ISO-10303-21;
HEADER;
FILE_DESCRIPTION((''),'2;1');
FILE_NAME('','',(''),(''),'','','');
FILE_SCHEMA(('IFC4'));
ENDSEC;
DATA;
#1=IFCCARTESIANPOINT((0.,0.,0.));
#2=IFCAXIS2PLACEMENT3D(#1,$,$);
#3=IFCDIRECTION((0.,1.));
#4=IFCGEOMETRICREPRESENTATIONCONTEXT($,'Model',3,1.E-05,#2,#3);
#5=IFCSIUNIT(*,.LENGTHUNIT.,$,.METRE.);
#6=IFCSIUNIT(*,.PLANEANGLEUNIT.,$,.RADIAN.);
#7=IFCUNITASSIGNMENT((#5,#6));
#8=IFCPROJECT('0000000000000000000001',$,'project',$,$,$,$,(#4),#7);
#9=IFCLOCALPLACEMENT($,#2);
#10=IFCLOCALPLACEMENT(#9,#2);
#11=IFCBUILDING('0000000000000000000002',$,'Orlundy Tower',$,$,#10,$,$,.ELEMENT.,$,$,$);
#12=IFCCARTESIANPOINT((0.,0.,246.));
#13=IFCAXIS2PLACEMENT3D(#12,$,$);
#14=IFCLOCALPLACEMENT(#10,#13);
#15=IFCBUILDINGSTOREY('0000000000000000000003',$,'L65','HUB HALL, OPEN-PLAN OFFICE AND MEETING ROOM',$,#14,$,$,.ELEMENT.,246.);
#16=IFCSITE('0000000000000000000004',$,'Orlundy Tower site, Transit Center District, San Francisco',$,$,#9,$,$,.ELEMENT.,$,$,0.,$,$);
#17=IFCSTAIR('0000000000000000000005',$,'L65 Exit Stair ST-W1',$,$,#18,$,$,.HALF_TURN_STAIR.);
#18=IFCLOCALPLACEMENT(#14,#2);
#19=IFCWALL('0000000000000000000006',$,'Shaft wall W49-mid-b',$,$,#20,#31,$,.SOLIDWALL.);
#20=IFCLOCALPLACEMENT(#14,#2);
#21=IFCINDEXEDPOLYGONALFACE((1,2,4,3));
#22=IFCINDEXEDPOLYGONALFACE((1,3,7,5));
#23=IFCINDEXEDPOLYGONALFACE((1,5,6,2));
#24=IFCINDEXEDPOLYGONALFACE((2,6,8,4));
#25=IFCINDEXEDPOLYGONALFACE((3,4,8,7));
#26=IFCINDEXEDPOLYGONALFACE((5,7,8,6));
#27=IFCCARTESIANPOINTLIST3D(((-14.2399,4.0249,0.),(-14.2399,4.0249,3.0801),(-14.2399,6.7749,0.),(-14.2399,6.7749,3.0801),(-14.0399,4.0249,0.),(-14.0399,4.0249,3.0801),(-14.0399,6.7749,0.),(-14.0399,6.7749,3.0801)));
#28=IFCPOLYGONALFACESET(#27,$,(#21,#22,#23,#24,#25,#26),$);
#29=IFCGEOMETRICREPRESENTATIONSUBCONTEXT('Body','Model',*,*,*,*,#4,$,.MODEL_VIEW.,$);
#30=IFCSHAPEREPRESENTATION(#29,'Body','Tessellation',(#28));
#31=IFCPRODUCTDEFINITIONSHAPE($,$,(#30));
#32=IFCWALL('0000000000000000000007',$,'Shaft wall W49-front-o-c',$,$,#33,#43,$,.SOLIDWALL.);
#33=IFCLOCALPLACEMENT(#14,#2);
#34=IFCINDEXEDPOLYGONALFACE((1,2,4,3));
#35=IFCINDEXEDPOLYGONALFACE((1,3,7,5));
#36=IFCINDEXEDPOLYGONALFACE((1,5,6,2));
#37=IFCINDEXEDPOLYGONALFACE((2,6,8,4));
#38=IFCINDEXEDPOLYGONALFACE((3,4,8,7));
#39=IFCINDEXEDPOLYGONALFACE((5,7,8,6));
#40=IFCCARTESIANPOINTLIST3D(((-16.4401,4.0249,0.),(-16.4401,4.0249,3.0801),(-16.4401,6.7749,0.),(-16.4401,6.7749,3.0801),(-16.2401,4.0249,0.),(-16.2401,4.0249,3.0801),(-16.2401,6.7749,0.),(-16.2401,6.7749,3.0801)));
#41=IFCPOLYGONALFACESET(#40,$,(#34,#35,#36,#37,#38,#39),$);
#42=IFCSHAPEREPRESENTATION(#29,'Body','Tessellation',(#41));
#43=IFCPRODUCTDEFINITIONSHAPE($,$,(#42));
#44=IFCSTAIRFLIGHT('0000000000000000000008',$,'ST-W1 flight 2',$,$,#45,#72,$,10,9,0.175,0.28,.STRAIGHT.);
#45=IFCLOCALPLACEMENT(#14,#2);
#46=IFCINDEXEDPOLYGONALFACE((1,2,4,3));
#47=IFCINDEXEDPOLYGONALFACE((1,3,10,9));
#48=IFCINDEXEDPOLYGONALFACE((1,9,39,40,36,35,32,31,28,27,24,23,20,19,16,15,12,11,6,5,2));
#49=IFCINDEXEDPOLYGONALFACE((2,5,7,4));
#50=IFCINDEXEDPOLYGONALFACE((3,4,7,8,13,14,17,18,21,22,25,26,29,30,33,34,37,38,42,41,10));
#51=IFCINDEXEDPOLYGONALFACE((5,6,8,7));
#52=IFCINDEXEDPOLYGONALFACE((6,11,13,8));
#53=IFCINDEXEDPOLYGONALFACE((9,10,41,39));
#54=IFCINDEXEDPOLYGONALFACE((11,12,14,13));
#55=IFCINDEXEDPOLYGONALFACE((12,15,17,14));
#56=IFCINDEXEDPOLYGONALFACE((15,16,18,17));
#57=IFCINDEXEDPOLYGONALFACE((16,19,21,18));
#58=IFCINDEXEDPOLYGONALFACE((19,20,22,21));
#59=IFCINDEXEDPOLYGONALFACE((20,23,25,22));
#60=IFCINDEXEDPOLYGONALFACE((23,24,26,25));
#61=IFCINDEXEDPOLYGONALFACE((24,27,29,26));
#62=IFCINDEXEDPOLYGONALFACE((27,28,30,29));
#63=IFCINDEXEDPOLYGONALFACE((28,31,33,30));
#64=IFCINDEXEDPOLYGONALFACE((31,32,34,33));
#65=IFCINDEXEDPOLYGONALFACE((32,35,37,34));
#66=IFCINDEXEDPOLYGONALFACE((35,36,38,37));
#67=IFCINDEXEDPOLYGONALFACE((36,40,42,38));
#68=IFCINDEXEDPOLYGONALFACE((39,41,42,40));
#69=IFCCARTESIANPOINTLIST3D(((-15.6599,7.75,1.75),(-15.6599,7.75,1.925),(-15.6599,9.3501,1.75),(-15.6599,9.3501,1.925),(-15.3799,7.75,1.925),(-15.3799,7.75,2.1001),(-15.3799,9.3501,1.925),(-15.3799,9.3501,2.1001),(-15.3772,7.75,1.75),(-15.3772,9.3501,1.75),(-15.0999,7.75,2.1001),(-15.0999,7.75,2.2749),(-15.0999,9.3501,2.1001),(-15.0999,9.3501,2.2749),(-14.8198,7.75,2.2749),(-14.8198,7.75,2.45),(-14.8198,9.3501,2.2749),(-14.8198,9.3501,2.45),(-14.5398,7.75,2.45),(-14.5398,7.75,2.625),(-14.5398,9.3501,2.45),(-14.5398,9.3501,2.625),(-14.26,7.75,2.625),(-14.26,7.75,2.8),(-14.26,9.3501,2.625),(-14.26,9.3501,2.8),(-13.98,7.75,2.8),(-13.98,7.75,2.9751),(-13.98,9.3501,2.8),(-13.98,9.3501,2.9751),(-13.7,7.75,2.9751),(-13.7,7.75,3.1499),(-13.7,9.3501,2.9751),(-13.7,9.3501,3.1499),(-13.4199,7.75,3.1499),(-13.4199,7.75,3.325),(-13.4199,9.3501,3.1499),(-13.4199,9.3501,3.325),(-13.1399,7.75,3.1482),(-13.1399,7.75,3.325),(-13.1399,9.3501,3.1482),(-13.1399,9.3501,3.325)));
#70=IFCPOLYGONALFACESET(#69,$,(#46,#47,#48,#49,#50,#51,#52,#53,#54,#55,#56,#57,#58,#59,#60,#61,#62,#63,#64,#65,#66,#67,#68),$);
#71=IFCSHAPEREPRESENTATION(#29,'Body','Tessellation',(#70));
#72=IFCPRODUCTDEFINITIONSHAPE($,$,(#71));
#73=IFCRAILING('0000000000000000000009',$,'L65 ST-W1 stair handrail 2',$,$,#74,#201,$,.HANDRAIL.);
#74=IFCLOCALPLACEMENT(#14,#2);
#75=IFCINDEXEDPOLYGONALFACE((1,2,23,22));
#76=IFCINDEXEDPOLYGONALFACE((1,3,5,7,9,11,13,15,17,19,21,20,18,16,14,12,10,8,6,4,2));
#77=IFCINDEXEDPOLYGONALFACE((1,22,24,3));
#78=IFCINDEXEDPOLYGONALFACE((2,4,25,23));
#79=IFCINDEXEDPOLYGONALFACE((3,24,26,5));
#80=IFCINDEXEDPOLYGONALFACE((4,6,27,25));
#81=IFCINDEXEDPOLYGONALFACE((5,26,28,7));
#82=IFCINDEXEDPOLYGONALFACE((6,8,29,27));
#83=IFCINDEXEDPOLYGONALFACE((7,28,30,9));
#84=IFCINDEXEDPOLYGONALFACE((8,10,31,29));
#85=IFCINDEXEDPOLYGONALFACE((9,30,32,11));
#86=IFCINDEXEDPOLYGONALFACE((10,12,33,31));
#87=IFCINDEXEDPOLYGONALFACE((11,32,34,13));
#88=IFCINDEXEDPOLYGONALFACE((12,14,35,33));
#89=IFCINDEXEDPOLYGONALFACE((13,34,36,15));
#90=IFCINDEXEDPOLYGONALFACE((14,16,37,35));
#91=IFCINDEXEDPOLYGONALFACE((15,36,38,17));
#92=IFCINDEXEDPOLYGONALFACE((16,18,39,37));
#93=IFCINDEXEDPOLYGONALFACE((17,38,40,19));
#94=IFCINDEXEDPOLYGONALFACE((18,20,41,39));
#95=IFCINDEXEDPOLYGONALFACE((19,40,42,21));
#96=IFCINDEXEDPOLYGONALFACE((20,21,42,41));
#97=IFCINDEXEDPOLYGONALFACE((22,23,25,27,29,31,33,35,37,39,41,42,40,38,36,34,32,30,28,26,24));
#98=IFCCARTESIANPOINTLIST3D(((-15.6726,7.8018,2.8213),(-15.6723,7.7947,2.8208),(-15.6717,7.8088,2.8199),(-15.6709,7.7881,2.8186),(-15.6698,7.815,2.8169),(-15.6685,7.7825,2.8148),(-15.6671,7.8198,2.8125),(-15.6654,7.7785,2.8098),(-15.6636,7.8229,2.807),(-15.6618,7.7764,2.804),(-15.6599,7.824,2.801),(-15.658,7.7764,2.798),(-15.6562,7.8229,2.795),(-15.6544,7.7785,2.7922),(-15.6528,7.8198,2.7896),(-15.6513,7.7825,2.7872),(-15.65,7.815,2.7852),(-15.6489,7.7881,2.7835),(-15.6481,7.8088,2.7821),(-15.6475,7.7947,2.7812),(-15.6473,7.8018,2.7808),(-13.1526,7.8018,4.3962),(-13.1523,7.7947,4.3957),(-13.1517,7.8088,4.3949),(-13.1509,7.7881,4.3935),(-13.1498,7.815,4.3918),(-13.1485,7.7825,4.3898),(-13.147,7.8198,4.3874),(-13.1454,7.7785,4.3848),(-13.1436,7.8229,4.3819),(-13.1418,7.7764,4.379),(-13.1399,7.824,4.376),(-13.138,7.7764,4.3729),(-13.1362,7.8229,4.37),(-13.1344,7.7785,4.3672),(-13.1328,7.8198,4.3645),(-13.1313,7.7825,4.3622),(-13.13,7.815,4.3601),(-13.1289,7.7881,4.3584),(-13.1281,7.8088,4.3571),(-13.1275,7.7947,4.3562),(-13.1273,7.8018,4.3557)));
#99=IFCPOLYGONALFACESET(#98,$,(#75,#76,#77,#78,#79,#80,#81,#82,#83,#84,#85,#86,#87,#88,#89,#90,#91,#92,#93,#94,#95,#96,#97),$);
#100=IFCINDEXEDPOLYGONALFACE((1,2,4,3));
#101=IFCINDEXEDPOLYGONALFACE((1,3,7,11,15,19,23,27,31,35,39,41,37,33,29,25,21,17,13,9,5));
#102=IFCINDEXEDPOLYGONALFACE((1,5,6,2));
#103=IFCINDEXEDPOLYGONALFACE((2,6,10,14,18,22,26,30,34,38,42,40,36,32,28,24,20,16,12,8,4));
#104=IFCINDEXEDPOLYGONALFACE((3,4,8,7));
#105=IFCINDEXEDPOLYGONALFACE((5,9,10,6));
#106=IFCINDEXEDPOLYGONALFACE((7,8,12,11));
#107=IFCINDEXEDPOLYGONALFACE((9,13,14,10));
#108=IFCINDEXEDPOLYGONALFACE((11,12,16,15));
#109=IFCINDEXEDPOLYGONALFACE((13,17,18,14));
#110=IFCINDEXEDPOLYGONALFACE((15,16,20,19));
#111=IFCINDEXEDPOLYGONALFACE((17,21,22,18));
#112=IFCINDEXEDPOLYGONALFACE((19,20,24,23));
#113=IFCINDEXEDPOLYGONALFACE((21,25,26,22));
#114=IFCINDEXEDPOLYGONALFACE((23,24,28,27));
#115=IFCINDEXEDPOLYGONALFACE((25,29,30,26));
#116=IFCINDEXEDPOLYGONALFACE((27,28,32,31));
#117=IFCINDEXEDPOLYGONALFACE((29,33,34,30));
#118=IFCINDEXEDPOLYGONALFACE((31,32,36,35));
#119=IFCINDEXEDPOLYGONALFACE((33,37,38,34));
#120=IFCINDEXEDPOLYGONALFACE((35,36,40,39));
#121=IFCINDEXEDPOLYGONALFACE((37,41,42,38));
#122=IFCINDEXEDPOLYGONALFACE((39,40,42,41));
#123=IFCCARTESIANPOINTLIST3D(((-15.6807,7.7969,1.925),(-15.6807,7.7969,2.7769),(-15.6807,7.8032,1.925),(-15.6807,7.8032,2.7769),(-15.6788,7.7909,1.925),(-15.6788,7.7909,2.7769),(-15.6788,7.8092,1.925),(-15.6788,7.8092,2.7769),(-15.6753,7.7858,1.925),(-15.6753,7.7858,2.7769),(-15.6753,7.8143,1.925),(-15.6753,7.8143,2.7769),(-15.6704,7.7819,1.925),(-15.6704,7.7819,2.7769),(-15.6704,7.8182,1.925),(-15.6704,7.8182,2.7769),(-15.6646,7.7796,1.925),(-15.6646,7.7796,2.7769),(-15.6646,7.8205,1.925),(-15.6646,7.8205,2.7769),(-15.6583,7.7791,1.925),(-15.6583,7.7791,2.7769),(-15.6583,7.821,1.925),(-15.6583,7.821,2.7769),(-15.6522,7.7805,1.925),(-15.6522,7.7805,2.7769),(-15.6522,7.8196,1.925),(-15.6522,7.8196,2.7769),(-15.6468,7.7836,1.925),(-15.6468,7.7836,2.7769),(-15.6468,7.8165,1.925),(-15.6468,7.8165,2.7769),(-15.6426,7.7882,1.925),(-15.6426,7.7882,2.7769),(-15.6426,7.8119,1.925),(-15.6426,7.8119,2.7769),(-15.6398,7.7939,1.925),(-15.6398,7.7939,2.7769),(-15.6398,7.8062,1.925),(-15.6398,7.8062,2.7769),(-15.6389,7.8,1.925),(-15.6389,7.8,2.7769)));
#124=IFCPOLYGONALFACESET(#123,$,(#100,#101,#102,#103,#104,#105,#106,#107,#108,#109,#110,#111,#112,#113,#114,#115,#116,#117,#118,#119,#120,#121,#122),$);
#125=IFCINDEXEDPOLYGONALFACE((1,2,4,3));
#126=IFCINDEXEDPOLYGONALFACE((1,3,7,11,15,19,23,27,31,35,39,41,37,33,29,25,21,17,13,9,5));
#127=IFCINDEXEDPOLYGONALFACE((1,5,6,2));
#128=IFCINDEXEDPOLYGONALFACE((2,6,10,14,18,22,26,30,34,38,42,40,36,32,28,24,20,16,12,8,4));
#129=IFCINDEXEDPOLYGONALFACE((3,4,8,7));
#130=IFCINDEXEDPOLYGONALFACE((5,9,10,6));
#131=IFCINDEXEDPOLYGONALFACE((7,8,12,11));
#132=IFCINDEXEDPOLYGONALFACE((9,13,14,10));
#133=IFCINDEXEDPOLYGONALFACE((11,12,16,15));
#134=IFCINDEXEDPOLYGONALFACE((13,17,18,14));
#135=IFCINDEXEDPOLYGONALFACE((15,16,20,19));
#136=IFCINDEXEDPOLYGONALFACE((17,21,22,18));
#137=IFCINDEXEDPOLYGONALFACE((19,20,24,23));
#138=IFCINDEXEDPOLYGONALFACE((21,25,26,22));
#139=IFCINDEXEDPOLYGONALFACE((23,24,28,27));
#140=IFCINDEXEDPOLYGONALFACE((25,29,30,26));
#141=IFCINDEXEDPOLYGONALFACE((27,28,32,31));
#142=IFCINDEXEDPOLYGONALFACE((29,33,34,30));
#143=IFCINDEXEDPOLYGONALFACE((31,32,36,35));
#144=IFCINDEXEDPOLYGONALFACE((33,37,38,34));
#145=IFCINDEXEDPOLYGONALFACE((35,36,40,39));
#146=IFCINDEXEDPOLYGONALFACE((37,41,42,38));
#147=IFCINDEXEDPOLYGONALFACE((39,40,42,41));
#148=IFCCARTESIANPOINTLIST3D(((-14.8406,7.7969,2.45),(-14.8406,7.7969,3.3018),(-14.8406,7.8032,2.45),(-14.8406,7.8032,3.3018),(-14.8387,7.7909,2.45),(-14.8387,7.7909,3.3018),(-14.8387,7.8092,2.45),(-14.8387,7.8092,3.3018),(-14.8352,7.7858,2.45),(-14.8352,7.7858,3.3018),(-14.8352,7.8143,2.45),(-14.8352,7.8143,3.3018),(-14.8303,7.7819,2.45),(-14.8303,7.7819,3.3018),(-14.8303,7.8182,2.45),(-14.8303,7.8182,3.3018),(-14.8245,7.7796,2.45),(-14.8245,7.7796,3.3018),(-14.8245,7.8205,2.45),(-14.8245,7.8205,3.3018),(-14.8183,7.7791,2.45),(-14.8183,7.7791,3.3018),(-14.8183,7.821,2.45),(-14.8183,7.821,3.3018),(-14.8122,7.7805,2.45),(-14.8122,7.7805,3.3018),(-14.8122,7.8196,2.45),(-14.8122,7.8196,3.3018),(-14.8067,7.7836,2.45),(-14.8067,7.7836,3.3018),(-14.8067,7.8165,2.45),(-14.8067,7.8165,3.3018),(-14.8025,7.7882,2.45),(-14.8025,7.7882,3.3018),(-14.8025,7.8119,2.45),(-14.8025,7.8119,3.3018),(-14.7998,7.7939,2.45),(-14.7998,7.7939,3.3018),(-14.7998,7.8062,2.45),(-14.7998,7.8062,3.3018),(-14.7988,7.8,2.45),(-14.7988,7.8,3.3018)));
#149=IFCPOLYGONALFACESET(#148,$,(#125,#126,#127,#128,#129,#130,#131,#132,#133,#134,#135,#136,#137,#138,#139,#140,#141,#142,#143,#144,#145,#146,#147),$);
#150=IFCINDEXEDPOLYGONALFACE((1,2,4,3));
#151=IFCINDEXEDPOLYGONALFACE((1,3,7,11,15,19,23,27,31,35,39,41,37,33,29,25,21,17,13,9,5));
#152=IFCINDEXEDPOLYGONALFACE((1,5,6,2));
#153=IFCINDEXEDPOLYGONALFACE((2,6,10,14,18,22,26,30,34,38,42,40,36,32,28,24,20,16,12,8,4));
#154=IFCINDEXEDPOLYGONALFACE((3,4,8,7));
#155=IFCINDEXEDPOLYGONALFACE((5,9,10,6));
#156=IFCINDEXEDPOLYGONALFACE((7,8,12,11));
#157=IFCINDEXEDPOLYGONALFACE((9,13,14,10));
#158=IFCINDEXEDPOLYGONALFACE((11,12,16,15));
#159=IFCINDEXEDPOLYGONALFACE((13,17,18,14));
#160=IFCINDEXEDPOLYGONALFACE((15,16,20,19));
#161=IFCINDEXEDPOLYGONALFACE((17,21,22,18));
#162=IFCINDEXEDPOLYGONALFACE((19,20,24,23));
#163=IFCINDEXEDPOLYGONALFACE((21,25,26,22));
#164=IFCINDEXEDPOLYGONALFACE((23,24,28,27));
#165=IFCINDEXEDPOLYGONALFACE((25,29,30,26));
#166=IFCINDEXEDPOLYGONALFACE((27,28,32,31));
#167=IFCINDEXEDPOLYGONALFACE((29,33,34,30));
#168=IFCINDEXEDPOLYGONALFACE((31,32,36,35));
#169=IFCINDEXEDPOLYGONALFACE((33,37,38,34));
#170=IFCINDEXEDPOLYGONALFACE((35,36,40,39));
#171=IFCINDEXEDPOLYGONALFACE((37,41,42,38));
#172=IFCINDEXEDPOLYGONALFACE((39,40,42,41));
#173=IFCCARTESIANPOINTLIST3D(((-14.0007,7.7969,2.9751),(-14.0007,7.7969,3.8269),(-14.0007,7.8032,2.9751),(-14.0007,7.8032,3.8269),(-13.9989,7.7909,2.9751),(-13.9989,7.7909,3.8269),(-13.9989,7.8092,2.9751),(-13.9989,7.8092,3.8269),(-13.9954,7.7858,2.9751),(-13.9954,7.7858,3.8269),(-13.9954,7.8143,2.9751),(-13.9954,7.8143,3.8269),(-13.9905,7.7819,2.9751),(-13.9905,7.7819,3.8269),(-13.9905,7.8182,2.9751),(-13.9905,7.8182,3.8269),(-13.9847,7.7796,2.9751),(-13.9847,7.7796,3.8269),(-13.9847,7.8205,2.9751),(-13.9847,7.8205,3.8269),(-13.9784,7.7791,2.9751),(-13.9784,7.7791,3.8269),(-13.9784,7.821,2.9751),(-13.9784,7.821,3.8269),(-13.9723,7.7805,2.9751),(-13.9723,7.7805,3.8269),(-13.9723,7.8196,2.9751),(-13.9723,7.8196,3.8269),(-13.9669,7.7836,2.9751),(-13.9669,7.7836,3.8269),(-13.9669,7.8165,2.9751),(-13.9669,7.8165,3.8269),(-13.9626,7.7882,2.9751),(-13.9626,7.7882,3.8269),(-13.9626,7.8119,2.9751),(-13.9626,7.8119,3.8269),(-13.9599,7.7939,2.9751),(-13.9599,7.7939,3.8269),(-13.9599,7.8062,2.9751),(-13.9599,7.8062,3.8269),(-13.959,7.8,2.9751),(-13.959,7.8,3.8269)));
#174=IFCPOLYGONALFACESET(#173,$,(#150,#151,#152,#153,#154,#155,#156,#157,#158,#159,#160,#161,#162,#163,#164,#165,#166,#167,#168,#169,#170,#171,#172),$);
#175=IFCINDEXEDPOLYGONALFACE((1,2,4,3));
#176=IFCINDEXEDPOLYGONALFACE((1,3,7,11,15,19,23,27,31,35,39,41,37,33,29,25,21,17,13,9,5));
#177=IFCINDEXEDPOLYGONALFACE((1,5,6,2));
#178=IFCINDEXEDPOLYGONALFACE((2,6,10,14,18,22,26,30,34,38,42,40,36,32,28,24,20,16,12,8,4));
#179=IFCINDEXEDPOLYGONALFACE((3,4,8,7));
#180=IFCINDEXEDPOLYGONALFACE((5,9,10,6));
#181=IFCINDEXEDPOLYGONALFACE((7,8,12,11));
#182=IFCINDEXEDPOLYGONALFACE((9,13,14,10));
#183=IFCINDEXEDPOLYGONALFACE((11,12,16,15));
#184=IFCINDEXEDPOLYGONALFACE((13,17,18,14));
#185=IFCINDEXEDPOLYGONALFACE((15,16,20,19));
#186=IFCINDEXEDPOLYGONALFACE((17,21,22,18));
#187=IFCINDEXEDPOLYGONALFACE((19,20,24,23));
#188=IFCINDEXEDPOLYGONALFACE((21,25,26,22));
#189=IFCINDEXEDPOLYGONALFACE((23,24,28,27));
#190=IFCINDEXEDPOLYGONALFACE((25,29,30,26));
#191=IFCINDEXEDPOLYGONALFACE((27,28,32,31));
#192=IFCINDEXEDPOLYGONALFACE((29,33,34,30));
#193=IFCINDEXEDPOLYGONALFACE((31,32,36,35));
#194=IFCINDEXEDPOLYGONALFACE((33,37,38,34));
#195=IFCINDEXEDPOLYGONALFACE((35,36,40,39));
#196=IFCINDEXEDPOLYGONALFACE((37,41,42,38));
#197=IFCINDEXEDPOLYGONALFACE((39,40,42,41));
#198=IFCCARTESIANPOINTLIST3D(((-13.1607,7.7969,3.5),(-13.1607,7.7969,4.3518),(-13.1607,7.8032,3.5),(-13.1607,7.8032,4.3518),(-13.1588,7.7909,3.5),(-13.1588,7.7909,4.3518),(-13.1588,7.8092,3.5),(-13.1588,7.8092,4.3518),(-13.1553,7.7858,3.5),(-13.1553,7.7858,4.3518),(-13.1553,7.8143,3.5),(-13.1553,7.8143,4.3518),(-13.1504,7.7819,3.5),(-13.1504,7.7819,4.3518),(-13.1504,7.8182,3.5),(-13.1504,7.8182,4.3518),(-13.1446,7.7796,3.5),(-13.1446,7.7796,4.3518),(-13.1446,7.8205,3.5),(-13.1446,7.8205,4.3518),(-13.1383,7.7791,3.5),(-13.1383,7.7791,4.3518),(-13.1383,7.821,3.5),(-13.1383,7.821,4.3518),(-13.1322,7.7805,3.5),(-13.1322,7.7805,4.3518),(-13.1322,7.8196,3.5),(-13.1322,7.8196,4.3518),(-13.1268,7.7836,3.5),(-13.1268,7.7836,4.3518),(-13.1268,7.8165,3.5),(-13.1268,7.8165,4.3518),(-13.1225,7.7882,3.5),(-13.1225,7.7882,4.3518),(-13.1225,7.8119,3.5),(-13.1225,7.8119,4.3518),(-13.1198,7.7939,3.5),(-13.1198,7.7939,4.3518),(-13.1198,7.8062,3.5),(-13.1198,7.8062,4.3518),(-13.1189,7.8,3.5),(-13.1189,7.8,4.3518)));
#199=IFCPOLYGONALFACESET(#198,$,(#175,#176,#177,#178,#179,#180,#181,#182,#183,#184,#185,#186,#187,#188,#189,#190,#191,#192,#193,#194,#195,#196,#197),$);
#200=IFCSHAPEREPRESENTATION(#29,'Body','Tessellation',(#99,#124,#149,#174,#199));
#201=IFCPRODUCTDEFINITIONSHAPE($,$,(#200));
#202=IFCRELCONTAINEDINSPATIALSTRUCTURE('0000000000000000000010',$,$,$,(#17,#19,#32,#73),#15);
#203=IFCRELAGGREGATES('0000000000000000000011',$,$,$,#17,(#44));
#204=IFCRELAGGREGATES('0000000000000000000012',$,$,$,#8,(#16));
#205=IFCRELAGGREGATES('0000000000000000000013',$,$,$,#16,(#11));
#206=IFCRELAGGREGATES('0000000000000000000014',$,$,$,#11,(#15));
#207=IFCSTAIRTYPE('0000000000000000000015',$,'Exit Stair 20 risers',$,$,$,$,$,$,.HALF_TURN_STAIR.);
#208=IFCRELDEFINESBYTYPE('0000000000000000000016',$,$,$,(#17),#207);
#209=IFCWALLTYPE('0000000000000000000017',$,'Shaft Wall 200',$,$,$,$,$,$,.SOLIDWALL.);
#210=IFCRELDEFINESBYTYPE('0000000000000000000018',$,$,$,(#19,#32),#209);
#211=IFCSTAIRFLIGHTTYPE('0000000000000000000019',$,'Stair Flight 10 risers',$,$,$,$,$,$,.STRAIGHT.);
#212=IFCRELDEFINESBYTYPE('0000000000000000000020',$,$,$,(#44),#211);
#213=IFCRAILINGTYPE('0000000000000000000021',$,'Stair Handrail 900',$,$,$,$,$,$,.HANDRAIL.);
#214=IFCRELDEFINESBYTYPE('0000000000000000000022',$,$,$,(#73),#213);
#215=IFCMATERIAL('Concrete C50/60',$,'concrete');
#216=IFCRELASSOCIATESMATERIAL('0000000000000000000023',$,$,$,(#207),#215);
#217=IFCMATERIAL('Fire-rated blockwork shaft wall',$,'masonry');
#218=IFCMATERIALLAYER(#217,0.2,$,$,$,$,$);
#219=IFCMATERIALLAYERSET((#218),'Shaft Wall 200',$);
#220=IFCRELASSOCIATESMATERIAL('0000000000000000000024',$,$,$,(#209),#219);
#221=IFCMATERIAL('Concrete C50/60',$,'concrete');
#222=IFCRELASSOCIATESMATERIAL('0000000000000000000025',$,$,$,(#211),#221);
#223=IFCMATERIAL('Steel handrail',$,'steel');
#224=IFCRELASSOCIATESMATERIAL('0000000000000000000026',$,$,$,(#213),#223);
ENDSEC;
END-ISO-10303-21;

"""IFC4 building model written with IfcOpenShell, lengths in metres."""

from ifc_helpers import new_model, si_unit, direction, frame, frame_2d, origin, origin_2d, place, context, subcontext, project, spatial, polyline, rectangle, circle, outline, extrude, material, layer, layer_set, type_object, element, aggregate, save


model = new_model("IFC4")

# Units and contexts
model_context = context("Model", 3, precision=1e-05, world=origin(), true_north=direction((0.0, 1.0)))
body_context = subcontext(model_context, "Body", "Model", "MODEL_VIEW")
ifc_project = project(units=[si_unit("LENGTHUNIT", "METRE"), si_unit("PLANEANGLEUNIT", "RADIAN")], contexts=[model_context])

# Site, building, storey
site_placement = place(None, origin())
site = spatial("IfcSite", under=ifc_project, at=site_placement, Name="Orlundy Tower site, Transit Center District, San Francisco", CompositionType="ELEMENT", RefElevation=0.0)
building_placement = place(site_placement, origin())
building = spatial("IfcBuilding", under=site, at=building_placement, Name="Orlundy Tower", CompositionType="ELEMENT")
storey_placement = place(building_placement, frame((0.0, 0.0, 246.0)))
storey = spatial("IfcBuildingStorey", under=building, at=storey_placement, Name="L65", Description="HUB HALL, OPEN-PLAN OFFICE AND MEETING ROOM", CompositionType="ELEMENT", Elevation=246.0)

# Stair
ifc_material_1 = material(Name="Concrete C50/60", Category="concrete")
stair_type = type_object("IfcStairType", Name="Exit Stair 20 risers", PredefinedType="HALF_TURN_STAIR", material=ifc_material_1)
stair_1_placement = place(storey_placement, origin())
stair_1 = element("IfcStair", 1, at=stair_1_placement, inside=storey, type_object=stair_type, Name="L65 Exit Stair ST-W1", PredefinedType="HALF_TURN_STAIR")

# Walls
ifc_material_2 = material(Name="Fire-rated blockwork shaft wall", Category="masonry")
ifc_layer_1 = layer(ifc_material_2, 0.2)
ifc_layer_set_1 = layer_set([ifc_layer_1], Name="Shaft Wall 200")
wall_type_1 = type_object("IfcWallType", Name="Shaft Wall 200", PredefinedType="SOLIDWALL", material=ifc_layer_set_1)
for number, where, z_axis, x_axis, name in (
    (2, (-14.1399, 4.0249, 0.0), (0.0, 0.0, 1.0), (0.0, 1.0, 0.0), "Shaft wall W49-mid-b"),
    (3, (-16.3401, 4.0249, 0.0), (0.0, 0.0, 1.0), (0.0, 1.0, 0.0), "Shaft wall W49-front-o-c"),
):
    element("IfcWall", number, at=place(storey_placement, frame(where, z_axis=z_axis, x_axis=x_axis)), inside=storey, type_object=wall_type_1, Name=name, PredefinedType="SOLIDWALL", context=body_context, shape_type="SweptSolid", body=[
        extrude(rectangle(XDim=2.75, YDim=0.2, at=frame_2d((1.375, 0.0))), origin(), (0.0, 0.0, 1.0), 3.0801),
    ])

# Stair flight
ifc_material_3 = material(Name="Concrete C50/60", Category="concrete")
stair_flight_type = type_object("IfcStairFlightType", Name="Stair Flight 10 risers", PredefinedType="STRAIGHT", material=ifc_material_3)
stair_flight_placement = place(storey_placement, frame((-15.6599, 8.55, 1.75), z_axis=(0.0, 0.0, 1.0), x_axis=(1.0, 0.0, 0.0)))
stair_flight = element("IfcStairFlight", 4, at=stair_flight_placement, type_object=stair_flight_type, Name="ST-W1 flight 2", NumberOfRisers=10, NumberOfTreads=9, PredefinedType="STRAIGHT", RiserHeight=0.175, TreadLength=0.28, context=body_context, shape_type="SweptSolid", body=[
    extrude(outline(polyline([(0.0, 0.0), (0.0, 0.175), (0.28, 0.175), (0.28, 0.3501), (0.5601, 0.3501), (0.5601, 0.5249), (0.8401, 0.5249), (0.8401, 0.7), (1.1201, 0.7), (1.1201, 0.875), (1.3999, 0.875), (1.3999, 1.05), (1.6799, 1.05), (1.6799, 1.2251), (1.96, 1.2251), (1.96, 1.3999), (2.24, 1.3999), (2.24, 1.575), (2.52, 1.575), (2.52, 1.75), (2.52, 1.3982), (0.2827, 0.0), (0.0, 0.0)])), frame((0.0, 0.8, 0.0), z_axis=(0.0, -1.0, 0.0), x_axis=(1.0, 0.0, 0.0)), (0.0, 0.0, 1.0), 1.6001),
])
aggregate(stair_1, [stair_flight])

# Railing
ifc_material_4 = material(Name="Steel handrail", Category="steel")
railing_type_1 = type_object("IfcRailingType", Name="Stair Handrail 900", PredefinedType="HANDRAIL", material=ifc_material_4)
railing_1_placement = place(storey_placement, frame((-15.6599, 7.8, 1.925)))
element("IfcRailing", 5, at=railing_1_placement, inside=storey, type_object=railing_type_1, Name="L65 ST-W1 stair handrail 2", PredefinedType="HANDRAIL", context=body_context, shape_type="SweptSolid", body=[
    extrude(circle(Radius=0.0239, at=origin_2d()), frame((0.0, 0.0, 0.876), z_axis=(0.848008, 0.0, 0.529984), x_axis=(0.0, 1.0, 0.0)), (0.0, 0.0, 1.0), 2.9717),
    extrude(circle(Radius=0.021, at=origin_2d()), origin(), (0.0, 0.0, 1.0), 0.8518),
    extrude(circle(Radius=0.021, at=origin_2d()), frame((0.8401, 0.0, 0.5249)), (0.0, 0.0, 1.0), 0.8518),
    extrude(circle(Radius=0.021, at=origin_2d()), frame((1.6799, 0.0, 1.05)), (0.0, 0.0, 1.0), 0.8518),
    extrude(circle(Radius=0.021, at=origin_2d()), frame((2.52, 0.0, 1.575)), (0.0, 0.0, 1.0), 0.8518),
])

save(model, "model.ifc")
